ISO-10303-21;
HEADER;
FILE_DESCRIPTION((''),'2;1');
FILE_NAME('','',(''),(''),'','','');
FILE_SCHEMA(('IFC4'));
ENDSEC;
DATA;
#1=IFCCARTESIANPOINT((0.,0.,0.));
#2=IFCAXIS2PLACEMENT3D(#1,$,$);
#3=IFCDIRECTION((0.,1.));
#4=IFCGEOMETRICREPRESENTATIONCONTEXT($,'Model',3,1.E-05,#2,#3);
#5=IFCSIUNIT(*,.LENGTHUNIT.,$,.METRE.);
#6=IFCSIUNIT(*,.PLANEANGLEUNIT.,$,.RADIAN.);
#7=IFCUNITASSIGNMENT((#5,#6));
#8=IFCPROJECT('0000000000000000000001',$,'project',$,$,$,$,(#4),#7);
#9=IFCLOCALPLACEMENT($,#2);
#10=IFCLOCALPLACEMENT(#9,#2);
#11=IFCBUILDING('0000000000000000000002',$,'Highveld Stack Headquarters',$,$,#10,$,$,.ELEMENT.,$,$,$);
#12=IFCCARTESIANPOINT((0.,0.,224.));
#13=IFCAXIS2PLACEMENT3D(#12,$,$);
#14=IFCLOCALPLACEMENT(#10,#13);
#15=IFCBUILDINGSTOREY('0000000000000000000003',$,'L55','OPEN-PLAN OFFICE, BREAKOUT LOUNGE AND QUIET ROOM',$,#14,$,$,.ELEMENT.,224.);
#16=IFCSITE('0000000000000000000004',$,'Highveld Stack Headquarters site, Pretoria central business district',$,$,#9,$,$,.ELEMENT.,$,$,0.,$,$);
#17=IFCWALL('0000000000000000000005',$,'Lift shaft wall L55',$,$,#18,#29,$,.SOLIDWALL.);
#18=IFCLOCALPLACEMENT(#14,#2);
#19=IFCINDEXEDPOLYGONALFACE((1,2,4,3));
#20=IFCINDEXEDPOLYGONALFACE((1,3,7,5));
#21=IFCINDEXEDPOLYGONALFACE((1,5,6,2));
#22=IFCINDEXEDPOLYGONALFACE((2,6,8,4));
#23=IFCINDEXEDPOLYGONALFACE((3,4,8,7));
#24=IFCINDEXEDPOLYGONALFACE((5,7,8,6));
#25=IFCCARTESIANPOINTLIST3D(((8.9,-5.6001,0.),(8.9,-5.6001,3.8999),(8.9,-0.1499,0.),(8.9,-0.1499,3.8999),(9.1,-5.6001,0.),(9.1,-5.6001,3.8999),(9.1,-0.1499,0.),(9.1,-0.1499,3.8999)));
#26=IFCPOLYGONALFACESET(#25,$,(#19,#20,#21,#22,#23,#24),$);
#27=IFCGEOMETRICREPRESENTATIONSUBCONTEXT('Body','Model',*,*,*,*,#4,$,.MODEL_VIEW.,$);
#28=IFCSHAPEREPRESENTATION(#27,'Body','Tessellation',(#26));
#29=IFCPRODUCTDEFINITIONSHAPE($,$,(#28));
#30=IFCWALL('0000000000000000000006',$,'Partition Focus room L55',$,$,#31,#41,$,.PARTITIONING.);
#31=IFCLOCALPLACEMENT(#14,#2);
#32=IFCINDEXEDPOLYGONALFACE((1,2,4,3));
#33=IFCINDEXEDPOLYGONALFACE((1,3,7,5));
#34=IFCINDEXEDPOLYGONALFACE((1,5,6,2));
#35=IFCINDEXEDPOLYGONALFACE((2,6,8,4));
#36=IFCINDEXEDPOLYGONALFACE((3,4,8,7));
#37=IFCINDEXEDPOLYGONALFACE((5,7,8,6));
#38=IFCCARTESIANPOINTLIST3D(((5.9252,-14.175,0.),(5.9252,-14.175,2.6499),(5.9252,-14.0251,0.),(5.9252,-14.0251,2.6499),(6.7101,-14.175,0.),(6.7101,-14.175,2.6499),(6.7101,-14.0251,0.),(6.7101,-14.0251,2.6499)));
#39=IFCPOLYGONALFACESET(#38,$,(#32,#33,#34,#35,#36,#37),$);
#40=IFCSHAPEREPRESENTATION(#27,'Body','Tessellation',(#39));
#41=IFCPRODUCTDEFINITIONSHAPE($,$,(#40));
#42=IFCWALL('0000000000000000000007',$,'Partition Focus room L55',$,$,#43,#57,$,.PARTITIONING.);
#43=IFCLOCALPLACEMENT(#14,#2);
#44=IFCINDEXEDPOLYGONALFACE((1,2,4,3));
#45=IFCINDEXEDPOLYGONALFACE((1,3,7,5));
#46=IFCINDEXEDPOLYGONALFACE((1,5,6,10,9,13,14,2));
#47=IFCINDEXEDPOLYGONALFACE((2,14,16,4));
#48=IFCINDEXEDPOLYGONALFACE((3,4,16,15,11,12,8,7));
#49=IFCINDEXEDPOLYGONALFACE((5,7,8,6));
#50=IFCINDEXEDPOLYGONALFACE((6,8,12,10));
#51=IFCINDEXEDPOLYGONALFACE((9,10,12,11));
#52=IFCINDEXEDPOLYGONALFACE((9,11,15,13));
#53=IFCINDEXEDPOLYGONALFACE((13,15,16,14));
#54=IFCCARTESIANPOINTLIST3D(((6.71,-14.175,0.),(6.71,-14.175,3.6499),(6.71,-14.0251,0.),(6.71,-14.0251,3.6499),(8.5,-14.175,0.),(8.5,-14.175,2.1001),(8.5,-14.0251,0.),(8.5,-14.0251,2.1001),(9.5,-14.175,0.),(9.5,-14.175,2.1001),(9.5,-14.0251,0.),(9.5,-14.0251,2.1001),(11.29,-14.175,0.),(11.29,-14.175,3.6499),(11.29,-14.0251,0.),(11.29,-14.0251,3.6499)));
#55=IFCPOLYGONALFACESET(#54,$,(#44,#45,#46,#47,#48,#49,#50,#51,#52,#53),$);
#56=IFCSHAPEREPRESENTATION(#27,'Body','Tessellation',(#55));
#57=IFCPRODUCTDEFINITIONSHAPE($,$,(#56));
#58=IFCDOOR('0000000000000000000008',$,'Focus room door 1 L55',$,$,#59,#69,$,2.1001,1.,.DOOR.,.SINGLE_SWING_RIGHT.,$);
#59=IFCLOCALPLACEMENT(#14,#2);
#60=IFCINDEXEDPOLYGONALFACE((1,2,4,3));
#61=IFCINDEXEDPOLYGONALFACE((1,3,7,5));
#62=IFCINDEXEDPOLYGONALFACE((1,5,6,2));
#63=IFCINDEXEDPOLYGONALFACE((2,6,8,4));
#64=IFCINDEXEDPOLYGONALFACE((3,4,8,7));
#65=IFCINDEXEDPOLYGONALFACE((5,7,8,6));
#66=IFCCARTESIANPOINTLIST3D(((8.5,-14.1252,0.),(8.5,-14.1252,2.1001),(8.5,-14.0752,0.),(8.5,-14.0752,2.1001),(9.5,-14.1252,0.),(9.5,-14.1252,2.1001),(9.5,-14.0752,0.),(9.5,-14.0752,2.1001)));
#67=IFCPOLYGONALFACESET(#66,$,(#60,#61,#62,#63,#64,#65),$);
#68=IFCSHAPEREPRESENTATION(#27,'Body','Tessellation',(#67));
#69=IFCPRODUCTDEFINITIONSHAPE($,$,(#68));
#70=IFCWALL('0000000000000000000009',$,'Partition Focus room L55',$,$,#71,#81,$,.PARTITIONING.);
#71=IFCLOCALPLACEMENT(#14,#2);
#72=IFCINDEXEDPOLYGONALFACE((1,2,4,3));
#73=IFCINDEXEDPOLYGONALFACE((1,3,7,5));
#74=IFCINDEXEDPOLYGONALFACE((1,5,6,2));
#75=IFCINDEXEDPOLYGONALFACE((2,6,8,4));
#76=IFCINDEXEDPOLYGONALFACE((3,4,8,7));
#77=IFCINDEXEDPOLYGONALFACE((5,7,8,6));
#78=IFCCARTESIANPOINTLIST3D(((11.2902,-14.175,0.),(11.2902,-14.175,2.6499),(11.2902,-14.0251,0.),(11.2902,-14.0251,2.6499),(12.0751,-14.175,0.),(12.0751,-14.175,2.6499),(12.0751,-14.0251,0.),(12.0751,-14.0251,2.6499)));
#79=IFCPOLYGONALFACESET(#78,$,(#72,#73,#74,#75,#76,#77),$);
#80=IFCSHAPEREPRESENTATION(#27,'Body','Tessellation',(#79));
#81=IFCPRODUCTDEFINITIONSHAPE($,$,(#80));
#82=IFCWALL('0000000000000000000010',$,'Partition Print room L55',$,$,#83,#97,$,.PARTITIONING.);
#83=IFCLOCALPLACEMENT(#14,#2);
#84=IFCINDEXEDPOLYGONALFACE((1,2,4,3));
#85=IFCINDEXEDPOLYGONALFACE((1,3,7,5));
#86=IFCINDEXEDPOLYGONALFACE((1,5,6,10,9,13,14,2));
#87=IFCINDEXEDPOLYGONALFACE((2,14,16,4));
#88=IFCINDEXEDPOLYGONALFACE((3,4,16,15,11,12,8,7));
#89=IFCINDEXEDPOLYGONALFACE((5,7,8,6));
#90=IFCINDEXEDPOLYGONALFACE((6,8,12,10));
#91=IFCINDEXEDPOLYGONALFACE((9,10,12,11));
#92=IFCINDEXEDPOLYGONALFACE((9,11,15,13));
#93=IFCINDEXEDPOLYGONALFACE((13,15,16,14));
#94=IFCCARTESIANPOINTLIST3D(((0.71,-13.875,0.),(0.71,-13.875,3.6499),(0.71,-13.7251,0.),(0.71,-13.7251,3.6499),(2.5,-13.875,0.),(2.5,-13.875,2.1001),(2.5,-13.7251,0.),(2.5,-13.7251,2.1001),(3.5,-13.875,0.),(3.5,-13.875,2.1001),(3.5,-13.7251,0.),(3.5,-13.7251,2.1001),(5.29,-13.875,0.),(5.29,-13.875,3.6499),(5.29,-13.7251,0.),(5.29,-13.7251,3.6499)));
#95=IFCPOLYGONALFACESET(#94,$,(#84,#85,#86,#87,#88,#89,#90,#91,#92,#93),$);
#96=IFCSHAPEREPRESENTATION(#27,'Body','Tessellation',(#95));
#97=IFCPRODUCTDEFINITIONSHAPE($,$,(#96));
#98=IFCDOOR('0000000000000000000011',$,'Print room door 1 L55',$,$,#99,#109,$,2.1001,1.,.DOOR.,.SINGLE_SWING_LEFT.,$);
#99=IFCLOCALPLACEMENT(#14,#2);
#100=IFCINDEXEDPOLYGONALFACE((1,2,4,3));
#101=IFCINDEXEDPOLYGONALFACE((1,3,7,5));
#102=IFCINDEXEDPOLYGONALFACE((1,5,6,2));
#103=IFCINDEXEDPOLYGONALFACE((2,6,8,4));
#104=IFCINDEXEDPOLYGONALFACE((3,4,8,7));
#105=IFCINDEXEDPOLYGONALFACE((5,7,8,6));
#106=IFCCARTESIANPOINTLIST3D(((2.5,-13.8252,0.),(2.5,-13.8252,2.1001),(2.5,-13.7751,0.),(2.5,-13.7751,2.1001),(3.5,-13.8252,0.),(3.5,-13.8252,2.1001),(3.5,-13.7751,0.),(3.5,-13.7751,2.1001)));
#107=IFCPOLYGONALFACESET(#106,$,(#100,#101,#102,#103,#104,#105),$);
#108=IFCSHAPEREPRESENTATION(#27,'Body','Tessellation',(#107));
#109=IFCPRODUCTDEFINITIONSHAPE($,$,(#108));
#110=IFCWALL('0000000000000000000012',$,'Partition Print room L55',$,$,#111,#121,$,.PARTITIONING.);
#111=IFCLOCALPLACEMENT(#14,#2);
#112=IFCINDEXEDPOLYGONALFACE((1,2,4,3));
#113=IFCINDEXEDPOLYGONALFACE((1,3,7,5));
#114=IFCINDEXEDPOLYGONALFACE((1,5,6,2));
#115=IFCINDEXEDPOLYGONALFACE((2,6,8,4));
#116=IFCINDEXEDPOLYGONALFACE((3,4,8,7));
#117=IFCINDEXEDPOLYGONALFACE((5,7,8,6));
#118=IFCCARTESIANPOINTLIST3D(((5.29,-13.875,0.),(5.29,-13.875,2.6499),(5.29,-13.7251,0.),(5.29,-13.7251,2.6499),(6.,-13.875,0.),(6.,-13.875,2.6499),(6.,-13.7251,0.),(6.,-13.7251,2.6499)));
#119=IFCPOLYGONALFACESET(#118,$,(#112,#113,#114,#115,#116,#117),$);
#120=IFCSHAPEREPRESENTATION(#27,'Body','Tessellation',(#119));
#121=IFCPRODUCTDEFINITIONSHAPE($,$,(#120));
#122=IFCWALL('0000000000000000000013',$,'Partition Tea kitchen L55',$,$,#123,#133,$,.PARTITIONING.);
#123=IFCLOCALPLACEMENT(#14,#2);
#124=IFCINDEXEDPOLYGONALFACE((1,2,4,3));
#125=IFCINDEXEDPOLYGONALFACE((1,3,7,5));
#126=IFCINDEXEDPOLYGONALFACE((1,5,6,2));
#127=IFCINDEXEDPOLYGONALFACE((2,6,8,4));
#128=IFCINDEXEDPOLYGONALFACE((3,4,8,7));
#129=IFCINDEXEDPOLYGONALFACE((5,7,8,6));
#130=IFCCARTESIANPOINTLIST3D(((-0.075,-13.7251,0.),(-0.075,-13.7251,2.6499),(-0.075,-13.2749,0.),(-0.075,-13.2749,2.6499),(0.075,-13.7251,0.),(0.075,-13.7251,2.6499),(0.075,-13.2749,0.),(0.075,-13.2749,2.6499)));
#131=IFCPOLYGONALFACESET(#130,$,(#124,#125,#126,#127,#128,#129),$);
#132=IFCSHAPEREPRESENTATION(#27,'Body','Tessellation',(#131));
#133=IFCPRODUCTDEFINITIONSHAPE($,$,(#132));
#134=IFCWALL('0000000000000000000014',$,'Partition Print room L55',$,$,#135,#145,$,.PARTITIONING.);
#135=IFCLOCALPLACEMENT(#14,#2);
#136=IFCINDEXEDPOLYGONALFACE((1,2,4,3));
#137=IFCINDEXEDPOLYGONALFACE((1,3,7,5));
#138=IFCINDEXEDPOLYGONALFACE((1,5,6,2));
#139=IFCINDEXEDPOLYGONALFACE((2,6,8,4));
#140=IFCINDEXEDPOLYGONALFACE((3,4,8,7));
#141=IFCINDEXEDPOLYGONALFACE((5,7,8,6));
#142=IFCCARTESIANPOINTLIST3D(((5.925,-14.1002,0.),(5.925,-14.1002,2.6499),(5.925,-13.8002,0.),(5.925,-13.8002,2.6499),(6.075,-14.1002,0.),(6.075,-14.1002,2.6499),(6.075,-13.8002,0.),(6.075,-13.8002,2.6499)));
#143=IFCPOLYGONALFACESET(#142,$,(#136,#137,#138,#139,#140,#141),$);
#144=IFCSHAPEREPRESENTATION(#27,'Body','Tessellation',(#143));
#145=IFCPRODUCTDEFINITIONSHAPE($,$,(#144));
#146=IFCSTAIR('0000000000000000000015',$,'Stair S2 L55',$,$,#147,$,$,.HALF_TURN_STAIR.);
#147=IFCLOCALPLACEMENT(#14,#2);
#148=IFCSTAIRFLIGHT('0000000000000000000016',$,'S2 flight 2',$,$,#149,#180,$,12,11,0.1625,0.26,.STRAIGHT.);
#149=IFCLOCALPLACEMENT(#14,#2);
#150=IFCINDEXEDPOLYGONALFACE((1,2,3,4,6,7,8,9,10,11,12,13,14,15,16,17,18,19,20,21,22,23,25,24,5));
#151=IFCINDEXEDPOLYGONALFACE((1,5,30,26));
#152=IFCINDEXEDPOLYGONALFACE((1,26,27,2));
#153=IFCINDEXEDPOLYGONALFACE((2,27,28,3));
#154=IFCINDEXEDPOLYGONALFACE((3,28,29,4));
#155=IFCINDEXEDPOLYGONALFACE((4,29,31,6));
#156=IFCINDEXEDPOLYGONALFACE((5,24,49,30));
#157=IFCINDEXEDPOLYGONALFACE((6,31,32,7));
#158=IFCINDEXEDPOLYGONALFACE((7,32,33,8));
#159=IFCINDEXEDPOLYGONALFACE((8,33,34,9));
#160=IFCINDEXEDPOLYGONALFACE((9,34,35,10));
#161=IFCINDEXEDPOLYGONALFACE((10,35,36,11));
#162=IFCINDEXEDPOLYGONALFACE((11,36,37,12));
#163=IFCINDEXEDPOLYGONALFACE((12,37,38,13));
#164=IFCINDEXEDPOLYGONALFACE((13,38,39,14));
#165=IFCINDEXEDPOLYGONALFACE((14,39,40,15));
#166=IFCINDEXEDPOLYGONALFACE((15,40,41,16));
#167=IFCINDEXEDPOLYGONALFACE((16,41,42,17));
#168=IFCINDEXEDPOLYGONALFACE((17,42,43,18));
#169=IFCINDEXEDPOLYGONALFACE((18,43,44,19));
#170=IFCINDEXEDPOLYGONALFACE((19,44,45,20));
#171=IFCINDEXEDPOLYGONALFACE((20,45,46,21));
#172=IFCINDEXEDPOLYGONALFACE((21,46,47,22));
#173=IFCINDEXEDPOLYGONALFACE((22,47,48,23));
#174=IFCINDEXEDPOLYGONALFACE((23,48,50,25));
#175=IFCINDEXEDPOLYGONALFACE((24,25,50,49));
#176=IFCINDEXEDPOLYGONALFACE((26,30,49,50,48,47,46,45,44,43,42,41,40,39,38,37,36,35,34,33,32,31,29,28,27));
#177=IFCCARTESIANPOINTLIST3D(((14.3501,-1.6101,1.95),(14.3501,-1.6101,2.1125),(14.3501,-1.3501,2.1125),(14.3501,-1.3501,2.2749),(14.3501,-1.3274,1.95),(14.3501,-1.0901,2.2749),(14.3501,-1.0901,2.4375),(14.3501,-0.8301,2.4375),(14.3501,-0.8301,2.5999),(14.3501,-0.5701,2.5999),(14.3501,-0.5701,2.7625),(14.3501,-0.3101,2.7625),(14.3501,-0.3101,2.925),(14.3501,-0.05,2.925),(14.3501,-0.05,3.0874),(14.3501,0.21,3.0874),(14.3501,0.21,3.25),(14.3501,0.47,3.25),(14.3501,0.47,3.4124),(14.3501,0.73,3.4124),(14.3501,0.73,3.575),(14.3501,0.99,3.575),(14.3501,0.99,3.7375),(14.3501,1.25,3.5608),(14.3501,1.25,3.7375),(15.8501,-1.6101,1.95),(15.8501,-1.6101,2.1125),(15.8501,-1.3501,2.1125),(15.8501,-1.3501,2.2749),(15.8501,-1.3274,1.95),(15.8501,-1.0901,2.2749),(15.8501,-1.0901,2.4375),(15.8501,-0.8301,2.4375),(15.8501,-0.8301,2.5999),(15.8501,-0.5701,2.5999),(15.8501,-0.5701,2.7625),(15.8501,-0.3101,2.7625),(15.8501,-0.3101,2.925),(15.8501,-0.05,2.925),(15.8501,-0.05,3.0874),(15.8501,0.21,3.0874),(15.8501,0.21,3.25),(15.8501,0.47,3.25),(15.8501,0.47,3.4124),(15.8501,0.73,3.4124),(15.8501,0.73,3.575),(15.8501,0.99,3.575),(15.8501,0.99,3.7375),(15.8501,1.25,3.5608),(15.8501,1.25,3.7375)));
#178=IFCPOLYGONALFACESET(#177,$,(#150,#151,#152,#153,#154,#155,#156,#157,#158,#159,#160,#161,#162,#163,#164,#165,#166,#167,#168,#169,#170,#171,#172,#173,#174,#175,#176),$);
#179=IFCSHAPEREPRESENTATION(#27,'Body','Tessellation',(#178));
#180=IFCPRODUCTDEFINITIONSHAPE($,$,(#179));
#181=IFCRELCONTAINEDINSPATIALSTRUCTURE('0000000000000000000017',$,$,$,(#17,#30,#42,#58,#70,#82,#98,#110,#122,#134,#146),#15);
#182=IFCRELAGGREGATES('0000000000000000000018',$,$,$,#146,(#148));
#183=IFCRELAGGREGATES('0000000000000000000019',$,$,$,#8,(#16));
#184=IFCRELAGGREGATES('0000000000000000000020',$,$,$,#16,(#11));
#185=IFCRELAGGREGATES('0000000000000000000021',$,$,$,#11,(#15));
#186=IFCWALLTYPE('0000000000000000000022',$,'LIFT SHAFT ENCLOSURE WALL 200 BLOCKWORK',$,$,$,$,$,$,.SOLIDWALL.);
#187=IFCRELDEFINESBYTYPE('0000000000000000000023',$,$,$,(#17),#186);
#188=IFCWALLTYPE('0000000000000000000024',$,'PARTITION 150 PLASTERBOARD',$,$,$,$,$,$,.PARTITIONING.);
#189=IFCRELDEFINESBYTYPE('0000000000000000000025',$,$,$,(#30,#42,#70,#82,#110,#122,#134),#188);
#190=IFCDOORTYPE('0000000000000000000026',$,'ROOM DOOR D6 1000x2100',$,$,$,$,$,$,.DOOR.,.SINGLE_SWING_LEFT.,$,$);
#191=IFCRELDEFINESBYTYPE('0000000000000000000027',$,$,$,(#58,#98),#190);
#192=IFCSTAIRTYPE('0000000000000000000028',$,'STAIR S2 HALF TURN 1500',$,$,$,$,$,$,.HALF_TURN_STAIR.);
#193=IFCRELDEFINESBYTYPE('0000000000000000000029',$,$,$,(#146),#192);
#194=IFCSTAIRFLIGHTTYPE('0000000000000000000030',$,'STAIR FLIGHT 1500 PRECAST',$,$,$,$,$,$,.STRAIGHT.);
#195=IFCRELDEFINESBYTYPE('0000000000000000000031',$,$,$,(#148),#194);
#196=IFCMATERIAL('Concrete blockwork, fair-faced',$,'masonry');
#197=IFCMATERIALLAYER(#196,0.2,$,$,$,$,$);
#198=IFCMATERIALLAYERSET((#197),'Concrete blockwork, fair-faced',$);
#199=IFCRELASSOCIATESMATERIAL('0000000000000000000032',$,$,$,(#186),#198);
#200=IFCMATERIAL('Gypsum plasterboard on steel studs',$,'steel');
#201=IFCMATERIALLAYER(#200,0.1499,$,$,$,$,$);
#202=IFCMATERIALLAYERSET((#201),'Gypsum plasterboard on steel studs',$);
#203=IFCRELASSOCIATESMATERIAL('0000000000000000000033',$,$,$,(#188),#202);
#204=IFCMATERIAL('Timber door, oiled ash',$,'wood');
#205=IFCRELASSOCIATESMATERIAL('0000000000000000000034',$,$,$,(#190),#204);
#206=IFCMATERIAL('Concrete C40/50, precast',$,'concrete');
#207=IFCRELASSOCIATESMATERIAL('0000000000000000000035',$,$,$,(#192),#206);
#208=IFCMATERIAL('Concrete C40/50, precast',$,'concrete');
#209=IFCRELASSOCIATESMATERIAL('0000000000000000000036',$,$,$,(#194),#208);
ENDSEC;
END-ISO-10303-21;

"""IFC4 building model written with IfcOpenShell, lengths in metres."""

from ifc_helpers import new_model, si_unit, direction, frame, frame_2d, origin, place, context, subcontext, project, spatial, polyline, rectangle, outline, extrude, material, layer, layer_set, type_object, element, fill, aggregate, save


model = new_model("IFC4")

# Units and contexts
model_context = context("Model", 3, precision=1e-05, world=origin(), true_north=direction((0.0, 1.0)))
body_context = subcontext(model_context, "Body", "Model", "MODEL_VIEW")
ifc_project = project(units=[si_unit("LENGTHUNIT", "METRE"), si_unit("PLANEANGLEUNIT", "RADIAN")], contexts=[model_context])

# Site, building, storey
site_placement = place(None, origin())
site = spatial("IfcSite", under=ifc_project, at=site_placement, Name="Highveld Stack Headquarters site, Pretoria central business district", CompositionType="ELEMENT", RefElevation=0.0)
building_placement = place(site_placement, origin())
building = spatial("IfcBuilding", under=site, at=building_placement, Name="Highveld Stack Headquarters", CompositionType="ELEMENT")
storey_placement = place(building_placement, frame((0.0, 0.0, 224.0)))
storey = spatial("IfcBuildingStorey", under=building, at=storey_placement, Name="L55", Description="OPEN-PLAN OFFICE, BREAKOUT LOUNGE AND QUIET ROOM", CompositionType="ELEMENT", Elevation=224.0)

# Walls
ifc_material_1 = material(Name="Concrete blockwork, fair-faced", Category="masonry")
ifc_layer_1 = layer(ifc_material_1, 0.2)
ifc_layer_set_1 = layer_set([ifc_layer_1], Name="Concrete blockwork, fair-faced")
wall_type_1 = type_object("IfcWallType", Name="LIFT SHAFT ENCLOSURE WALL 200 BLOCKWORK", PredefinedType="SOLIDWALL", material=ifc_layer_set_1)
for number, where, z_axis, x_axis, name in (
    (1, (9.0, -5.6001, 0.0), (0.0, 0.0, 1.0), (0.0, 1.0, 0.0), "Lift shaft wall L55"),
):
    element("IfcWall", number, at=place(storey_placement, frame(where, z_axis=z_axis, x_axis=x_axis)), inside=storey, type_object=wall_type_1, Name=name, PredefinedType="SOLIDWALL", context=body_context, shape_type="SweptSolid", body=[
        extrude(rectangle(XDim=5.4502, YDim=0.2, at=frame_2d((2.7251, 0.0))), origin(), (0.0, 0.0, 1.0), 3.8999),
    ])
ifc_material_2 = material(Name="Gypsum plasterboard on steel studs", Category="steel")
ifc_layer_2 = layer(ifc_material_2, 0.1499)
ifc_layer_set_2 = layer_set([ifc_layer_2], Name="Gypsum plasterboard on steel studs")
wall_type_2 = type_object("IfcWallType", Name="PARTITION 150 PLASTERBOARD", PredefinedType="PARTITIONING", material=ifc_layer_set_2)
wall_1_placement = place(storey_placement, frame((5.925, -14.1001, 0.0), z_axis=(0.0, 0.0, 1.0), x_axis=(1.0, 0.0, 0.0)))
element("IfcWall", 2, at=wall_1_placement, inside=storey, type_object=wall_type_2, Name="Partition Focus room L55", PredefinedType="PARTITIONING", context=body_context, shape_type="SweptSolid", body=[
    extrude(rectangle(XDim=0.7849, YDim=0.1499, at=frame_2d((0.3926, 0.0))), origin(), (0.0, 0.0, 1.0), 2.6499),
])

# Wall, opening, door
wall_2_placement = place(storey_placement, frame((6.71, -14.1001, 0.0), z_axis=(0.0, 0.0, 1.0), x_axis=(1.0, 0.0, 0.0)))
wall_2 = element("IfcWall", 3, at=wall_2_placement, inside=storey, type_object=wall_type_2, Name="Partition Focus room L55", PredefinedType="PARTITIONING", context=body_context, shape_type="SweptSolid", body=[
    extrude(rectangle(XDim=4.5801, YDim=0.1499, at=frame_2d((2.29, 0.0))), origin(), (0.0, 0.0, 1.0), 3.6499),
])
opening_1_placement = place(wall_2_placement, frame((1.79, 0.0, 0.0)))
opening_1 = element("IfcOpeningElement", 4, at=opening_1_placement, cuts=wall_2, PredefinedType="OPENING", context=body_context, shape_type="SweptSolid", body=[
    extrude(rectangle(XDim=1.0, YDim=2.1001, at=frame_2d((0.5, 1.05))), frame((0.0, 0.085, 0.0), z_axis=(0.0, -1.0, 0.0), x_axis=(1.0, 0.0, 0.0)), (0.0, 0.0, 1.0), 0.1699),
])
ifc_material_3 = material(Name="Timber door, oiled ash", Category="wood")
door_type_1 = type_object("IfcDoorType", Name="ROOM DOOR D6 1000x2100", OperationType="SINGLE_SWING_LEFT", PredefinedType="DOOR", material=ifc_material_3)
door_1_placement = place(opening_1_placement, origin())
door_1 = element("IfcDoor", 5, at=door_1_placement, inside=storey, type_object=door_type_1, Name="Focus room door 1 L55", OperationType="SINGLE_SWING_RIGHT", OverallHeight=2.1001, OverallWidth=1.0, PredefinedType="DOOR", context=body_context, shape_type="SweptSolid", body=[
    extrude(rectangle(XDim=1.0, YDim=2.1001, at=frame_2d((0.5, 1.05))), frame((0.0, 0.0249, 0.0), z_axis=(0.0, -1.0, 0.0), x_axis=(1.0, 0.0, 0.0)), (0.0, 0.0, 1.0), 0.05),
])
fill(opening_1, door_1)

# Wall
wall_3_placement = place(storey_placement, frame((11.29, -14.1001, 0.0), z_axis=(0.0, 0.0, 1.0), x_axis=(1.0, 0.0, 0.0)))
element("IfcWall", 6, at=wall_3_placement, inside=storey, type_object=wall_type_2, Name="Partition Focus room L55", PredefinedType="PARTITIONING", context=body_context, shape_type="SweptSolid", body=[
    extrude(rectangle(XDim=0.7849, YDim=0.1499, at=frame_2d((0.3926, 0.0))), origin(), (0.0, 0.0, 1.0), 2.6499),
])

# Wall, opening, door
wall_4_placement = place(storey_placement, frame((0.71, -13.8, 0.0), z_axis=(0.0, 0.0, 1.0), x_axis=(1.0, 0.0, 0.0)))
wall_4 = element("IfcWall", 7, at=wall_4_placement, inside=storey, type_object=wall_type_2, Name="Partition Print room L55", PredefinedType="PARTITIONING", context=body_context, shape_type="SweptSolid", body=[
    extrude(rectangle(XDim=4.5801, YDim=0.1499, at=frame_2d((2.29, 0.0))), origin(), (0.0, 0.0, 1.0), 3.6499),
])
opening_2_placement = place(wall_4_placement, frame((1.79, 0.0, 0.0)))
opening_2 = element("IfcOpeningElement", 8, at=opening_2_placement, cuts=wall_4, PredefinedType="OPENING", context=body_context, shape_type="SweptSolid", body=[
    extrude(rectangle(XDim=1.0, YDim=2.1001, at=frame_2d((0.5, 1.05))), frame((0.0, 0.085, 0.0), z_axis=(0.0, -1.0, 0.0), x_axis=(1.0, 0.0, 0.0)), (0.0, 0.0, 1.0), 0.1699),
])
door_2_placement = place(opening_2_placement, origin())
door_2 = element("IfcDoor", 9, at=door_2_placement, inside=storey, type_object=door_type_1, Name="Print room door 1 L55", OperationType="SINGLE_SWING_LEFT", OverallHeight=2.1001, OverallWidth=1.0, PredefinedType="DOOR", context=body_context, shape_type="SweptSolid", body=[
    extrude(rectangle(XDim=1.0, YDim=2.1001, at=frame_2d((0.5, 1.05))), frame((0.0, 0.0249, 0.0), z_axis=(0.0, -1.0, 0.0), x_axis=(1.0, 0.0, 0.0)), (0.0, 0.0, 1.0), 0.05),
])
fill(opening_2, door_2)

# Walls
wall_5_placement = place(storey_placement, frame((5.29, -13.8, 0.0), z_axis=(0.0, 0.0, 1.0), x_axis=(1.0, 0.0, 0.0)))
element("IfcWall", 10, at=wall_5_placement, inside=storey, type_object=wall_type_2, Name="Partition Print room L55", PredefinedType="PARTITIONING", context=body_context, shape_type="SweptSolid", body=[
    extrude(rectangle(XDim=0.71, YDim=0.1499, at=frame_2d((0.355, 0.0))), origin(), (0.0, 0.0, 1.0), 2.6499),
])
wall_6_placement = place(storey_placement, frame((0.0, -13.7251, 0.0), z_axis=(0.0, 0.0, 1.0), x_axis=(0.0, 1.0, 0.0)))
element("IfcWall", 11, at=wall_6_placement, inside=storey, type_object=wall_type_2, Name="Partition Tea kitchen L55", PredefinedType="PARTITIONING", context=body_context, shape_type="SweptSolid", body=[
    extrude(rectangle(XDim=0.4502, YDim=0.1499, at=frame_2d((0.2251, 0.0))), origin(), (0.0, 0.0, 1.0), 2.6499),
])
wall_7_placement = place(storey_placement, frame((6.0, -14.1001, 0.0), z_axis=(0.0, 0.0, 1.0), x_axis=(0.0, 1.0, 0.0)))
element("IfcWall", 12, at=wall_7_placement, inside=storey, type_object=wall_type_2, Name="Partition Print room L55", PredefinedType="PARTITIONING", context=body_context, shape_type="SweptSolid", body=[
    extrude(rectangle(XDim=0.3, YDim=0.1499, at=frame_2d((0.1499, 0.0))), origin(), (0.0, 0.0, 1.0), 2.6499),
])

# Stair, stair flight
ifc_material_4 = material(Name="Concrete C40/50, precast", Category="concrete")
stair_type = type_object("IfcStairType", Name="STAIR S2 HALF TURN 1500", PredefinedType="HALF_TURN_STAIR", material=ifc_material_4)
stair_placement = place(storey_placement, origin())
stair = element("IfcStair", 13, at=stair_placement, inside=storey, type_object=stair_type, Name="Stair S2 L55", PredefinedType="HALF_TURN_STAIR")
ifc_material_5 = material(Name="Concrete C40/50, precast", Category="concrete")
stair_flight_type = type_object("IfcStairFlightType", Name="STAIR FLIGHT 1500 PRECAST", PredefinedType="STRAIGHT", material=ifc_material_5)
stair_flight_placement = place(storey_placement, frame((15.1001, -1.6101, 1.95), z_axis=(0.0, 0.0, 1.0), x_axis=(0.0, 1.0, 0.0)))
stair_flight = element("IfcStairFlight", 14, at=stair_flight_placement, type_object=stair_flight_type, Name="S2 flight 2", NumberOfRisers=12, NumberOfTreads=11, PredefinedType="STRAIGHT", RiserHeight=0.1625, TreadLength=0.26, context=body_context, shape_type="SweptSolid", body=[
    extrude(outline(polyline([(0.0, 0.0), (0.0, 0.1626), (0.26, 0.1626), (0.26, 0.325), (0.52, 0.325), (0.52, 0.4875), (0.78, 0.4875), (0.78, 0.6499), (1.04, 0.6499), (1.04, 0.8125), (1.3, 0.8125), (1.3, 0.9751), (1.5601, 0.9751), (1.5601, 1.1375), (1.8201, 1.1375), (1.8201, 1.3), (2.0801, 1.3), (2.0801, 1.4624), (2.3401, 1.4624), (2.3401, 1.625), (2.6001, 1.625), (2.6001, 1.7876), (2.8601, 1.7876), (2.8601, 1.95), (2.8601, 1.6108), (0.2827, 0.0), (0.0, 0.0)])), frame((0.0, 0.75, 0.0), z_axis=(0.0, -1.0, 0.0), x_axis=(1.0, 0.0, 0.0)), (0.0, 0.0, 1.0), 1.5),
])
aggregate(stair, [stair_flight])

save(model, "model.ifc")
